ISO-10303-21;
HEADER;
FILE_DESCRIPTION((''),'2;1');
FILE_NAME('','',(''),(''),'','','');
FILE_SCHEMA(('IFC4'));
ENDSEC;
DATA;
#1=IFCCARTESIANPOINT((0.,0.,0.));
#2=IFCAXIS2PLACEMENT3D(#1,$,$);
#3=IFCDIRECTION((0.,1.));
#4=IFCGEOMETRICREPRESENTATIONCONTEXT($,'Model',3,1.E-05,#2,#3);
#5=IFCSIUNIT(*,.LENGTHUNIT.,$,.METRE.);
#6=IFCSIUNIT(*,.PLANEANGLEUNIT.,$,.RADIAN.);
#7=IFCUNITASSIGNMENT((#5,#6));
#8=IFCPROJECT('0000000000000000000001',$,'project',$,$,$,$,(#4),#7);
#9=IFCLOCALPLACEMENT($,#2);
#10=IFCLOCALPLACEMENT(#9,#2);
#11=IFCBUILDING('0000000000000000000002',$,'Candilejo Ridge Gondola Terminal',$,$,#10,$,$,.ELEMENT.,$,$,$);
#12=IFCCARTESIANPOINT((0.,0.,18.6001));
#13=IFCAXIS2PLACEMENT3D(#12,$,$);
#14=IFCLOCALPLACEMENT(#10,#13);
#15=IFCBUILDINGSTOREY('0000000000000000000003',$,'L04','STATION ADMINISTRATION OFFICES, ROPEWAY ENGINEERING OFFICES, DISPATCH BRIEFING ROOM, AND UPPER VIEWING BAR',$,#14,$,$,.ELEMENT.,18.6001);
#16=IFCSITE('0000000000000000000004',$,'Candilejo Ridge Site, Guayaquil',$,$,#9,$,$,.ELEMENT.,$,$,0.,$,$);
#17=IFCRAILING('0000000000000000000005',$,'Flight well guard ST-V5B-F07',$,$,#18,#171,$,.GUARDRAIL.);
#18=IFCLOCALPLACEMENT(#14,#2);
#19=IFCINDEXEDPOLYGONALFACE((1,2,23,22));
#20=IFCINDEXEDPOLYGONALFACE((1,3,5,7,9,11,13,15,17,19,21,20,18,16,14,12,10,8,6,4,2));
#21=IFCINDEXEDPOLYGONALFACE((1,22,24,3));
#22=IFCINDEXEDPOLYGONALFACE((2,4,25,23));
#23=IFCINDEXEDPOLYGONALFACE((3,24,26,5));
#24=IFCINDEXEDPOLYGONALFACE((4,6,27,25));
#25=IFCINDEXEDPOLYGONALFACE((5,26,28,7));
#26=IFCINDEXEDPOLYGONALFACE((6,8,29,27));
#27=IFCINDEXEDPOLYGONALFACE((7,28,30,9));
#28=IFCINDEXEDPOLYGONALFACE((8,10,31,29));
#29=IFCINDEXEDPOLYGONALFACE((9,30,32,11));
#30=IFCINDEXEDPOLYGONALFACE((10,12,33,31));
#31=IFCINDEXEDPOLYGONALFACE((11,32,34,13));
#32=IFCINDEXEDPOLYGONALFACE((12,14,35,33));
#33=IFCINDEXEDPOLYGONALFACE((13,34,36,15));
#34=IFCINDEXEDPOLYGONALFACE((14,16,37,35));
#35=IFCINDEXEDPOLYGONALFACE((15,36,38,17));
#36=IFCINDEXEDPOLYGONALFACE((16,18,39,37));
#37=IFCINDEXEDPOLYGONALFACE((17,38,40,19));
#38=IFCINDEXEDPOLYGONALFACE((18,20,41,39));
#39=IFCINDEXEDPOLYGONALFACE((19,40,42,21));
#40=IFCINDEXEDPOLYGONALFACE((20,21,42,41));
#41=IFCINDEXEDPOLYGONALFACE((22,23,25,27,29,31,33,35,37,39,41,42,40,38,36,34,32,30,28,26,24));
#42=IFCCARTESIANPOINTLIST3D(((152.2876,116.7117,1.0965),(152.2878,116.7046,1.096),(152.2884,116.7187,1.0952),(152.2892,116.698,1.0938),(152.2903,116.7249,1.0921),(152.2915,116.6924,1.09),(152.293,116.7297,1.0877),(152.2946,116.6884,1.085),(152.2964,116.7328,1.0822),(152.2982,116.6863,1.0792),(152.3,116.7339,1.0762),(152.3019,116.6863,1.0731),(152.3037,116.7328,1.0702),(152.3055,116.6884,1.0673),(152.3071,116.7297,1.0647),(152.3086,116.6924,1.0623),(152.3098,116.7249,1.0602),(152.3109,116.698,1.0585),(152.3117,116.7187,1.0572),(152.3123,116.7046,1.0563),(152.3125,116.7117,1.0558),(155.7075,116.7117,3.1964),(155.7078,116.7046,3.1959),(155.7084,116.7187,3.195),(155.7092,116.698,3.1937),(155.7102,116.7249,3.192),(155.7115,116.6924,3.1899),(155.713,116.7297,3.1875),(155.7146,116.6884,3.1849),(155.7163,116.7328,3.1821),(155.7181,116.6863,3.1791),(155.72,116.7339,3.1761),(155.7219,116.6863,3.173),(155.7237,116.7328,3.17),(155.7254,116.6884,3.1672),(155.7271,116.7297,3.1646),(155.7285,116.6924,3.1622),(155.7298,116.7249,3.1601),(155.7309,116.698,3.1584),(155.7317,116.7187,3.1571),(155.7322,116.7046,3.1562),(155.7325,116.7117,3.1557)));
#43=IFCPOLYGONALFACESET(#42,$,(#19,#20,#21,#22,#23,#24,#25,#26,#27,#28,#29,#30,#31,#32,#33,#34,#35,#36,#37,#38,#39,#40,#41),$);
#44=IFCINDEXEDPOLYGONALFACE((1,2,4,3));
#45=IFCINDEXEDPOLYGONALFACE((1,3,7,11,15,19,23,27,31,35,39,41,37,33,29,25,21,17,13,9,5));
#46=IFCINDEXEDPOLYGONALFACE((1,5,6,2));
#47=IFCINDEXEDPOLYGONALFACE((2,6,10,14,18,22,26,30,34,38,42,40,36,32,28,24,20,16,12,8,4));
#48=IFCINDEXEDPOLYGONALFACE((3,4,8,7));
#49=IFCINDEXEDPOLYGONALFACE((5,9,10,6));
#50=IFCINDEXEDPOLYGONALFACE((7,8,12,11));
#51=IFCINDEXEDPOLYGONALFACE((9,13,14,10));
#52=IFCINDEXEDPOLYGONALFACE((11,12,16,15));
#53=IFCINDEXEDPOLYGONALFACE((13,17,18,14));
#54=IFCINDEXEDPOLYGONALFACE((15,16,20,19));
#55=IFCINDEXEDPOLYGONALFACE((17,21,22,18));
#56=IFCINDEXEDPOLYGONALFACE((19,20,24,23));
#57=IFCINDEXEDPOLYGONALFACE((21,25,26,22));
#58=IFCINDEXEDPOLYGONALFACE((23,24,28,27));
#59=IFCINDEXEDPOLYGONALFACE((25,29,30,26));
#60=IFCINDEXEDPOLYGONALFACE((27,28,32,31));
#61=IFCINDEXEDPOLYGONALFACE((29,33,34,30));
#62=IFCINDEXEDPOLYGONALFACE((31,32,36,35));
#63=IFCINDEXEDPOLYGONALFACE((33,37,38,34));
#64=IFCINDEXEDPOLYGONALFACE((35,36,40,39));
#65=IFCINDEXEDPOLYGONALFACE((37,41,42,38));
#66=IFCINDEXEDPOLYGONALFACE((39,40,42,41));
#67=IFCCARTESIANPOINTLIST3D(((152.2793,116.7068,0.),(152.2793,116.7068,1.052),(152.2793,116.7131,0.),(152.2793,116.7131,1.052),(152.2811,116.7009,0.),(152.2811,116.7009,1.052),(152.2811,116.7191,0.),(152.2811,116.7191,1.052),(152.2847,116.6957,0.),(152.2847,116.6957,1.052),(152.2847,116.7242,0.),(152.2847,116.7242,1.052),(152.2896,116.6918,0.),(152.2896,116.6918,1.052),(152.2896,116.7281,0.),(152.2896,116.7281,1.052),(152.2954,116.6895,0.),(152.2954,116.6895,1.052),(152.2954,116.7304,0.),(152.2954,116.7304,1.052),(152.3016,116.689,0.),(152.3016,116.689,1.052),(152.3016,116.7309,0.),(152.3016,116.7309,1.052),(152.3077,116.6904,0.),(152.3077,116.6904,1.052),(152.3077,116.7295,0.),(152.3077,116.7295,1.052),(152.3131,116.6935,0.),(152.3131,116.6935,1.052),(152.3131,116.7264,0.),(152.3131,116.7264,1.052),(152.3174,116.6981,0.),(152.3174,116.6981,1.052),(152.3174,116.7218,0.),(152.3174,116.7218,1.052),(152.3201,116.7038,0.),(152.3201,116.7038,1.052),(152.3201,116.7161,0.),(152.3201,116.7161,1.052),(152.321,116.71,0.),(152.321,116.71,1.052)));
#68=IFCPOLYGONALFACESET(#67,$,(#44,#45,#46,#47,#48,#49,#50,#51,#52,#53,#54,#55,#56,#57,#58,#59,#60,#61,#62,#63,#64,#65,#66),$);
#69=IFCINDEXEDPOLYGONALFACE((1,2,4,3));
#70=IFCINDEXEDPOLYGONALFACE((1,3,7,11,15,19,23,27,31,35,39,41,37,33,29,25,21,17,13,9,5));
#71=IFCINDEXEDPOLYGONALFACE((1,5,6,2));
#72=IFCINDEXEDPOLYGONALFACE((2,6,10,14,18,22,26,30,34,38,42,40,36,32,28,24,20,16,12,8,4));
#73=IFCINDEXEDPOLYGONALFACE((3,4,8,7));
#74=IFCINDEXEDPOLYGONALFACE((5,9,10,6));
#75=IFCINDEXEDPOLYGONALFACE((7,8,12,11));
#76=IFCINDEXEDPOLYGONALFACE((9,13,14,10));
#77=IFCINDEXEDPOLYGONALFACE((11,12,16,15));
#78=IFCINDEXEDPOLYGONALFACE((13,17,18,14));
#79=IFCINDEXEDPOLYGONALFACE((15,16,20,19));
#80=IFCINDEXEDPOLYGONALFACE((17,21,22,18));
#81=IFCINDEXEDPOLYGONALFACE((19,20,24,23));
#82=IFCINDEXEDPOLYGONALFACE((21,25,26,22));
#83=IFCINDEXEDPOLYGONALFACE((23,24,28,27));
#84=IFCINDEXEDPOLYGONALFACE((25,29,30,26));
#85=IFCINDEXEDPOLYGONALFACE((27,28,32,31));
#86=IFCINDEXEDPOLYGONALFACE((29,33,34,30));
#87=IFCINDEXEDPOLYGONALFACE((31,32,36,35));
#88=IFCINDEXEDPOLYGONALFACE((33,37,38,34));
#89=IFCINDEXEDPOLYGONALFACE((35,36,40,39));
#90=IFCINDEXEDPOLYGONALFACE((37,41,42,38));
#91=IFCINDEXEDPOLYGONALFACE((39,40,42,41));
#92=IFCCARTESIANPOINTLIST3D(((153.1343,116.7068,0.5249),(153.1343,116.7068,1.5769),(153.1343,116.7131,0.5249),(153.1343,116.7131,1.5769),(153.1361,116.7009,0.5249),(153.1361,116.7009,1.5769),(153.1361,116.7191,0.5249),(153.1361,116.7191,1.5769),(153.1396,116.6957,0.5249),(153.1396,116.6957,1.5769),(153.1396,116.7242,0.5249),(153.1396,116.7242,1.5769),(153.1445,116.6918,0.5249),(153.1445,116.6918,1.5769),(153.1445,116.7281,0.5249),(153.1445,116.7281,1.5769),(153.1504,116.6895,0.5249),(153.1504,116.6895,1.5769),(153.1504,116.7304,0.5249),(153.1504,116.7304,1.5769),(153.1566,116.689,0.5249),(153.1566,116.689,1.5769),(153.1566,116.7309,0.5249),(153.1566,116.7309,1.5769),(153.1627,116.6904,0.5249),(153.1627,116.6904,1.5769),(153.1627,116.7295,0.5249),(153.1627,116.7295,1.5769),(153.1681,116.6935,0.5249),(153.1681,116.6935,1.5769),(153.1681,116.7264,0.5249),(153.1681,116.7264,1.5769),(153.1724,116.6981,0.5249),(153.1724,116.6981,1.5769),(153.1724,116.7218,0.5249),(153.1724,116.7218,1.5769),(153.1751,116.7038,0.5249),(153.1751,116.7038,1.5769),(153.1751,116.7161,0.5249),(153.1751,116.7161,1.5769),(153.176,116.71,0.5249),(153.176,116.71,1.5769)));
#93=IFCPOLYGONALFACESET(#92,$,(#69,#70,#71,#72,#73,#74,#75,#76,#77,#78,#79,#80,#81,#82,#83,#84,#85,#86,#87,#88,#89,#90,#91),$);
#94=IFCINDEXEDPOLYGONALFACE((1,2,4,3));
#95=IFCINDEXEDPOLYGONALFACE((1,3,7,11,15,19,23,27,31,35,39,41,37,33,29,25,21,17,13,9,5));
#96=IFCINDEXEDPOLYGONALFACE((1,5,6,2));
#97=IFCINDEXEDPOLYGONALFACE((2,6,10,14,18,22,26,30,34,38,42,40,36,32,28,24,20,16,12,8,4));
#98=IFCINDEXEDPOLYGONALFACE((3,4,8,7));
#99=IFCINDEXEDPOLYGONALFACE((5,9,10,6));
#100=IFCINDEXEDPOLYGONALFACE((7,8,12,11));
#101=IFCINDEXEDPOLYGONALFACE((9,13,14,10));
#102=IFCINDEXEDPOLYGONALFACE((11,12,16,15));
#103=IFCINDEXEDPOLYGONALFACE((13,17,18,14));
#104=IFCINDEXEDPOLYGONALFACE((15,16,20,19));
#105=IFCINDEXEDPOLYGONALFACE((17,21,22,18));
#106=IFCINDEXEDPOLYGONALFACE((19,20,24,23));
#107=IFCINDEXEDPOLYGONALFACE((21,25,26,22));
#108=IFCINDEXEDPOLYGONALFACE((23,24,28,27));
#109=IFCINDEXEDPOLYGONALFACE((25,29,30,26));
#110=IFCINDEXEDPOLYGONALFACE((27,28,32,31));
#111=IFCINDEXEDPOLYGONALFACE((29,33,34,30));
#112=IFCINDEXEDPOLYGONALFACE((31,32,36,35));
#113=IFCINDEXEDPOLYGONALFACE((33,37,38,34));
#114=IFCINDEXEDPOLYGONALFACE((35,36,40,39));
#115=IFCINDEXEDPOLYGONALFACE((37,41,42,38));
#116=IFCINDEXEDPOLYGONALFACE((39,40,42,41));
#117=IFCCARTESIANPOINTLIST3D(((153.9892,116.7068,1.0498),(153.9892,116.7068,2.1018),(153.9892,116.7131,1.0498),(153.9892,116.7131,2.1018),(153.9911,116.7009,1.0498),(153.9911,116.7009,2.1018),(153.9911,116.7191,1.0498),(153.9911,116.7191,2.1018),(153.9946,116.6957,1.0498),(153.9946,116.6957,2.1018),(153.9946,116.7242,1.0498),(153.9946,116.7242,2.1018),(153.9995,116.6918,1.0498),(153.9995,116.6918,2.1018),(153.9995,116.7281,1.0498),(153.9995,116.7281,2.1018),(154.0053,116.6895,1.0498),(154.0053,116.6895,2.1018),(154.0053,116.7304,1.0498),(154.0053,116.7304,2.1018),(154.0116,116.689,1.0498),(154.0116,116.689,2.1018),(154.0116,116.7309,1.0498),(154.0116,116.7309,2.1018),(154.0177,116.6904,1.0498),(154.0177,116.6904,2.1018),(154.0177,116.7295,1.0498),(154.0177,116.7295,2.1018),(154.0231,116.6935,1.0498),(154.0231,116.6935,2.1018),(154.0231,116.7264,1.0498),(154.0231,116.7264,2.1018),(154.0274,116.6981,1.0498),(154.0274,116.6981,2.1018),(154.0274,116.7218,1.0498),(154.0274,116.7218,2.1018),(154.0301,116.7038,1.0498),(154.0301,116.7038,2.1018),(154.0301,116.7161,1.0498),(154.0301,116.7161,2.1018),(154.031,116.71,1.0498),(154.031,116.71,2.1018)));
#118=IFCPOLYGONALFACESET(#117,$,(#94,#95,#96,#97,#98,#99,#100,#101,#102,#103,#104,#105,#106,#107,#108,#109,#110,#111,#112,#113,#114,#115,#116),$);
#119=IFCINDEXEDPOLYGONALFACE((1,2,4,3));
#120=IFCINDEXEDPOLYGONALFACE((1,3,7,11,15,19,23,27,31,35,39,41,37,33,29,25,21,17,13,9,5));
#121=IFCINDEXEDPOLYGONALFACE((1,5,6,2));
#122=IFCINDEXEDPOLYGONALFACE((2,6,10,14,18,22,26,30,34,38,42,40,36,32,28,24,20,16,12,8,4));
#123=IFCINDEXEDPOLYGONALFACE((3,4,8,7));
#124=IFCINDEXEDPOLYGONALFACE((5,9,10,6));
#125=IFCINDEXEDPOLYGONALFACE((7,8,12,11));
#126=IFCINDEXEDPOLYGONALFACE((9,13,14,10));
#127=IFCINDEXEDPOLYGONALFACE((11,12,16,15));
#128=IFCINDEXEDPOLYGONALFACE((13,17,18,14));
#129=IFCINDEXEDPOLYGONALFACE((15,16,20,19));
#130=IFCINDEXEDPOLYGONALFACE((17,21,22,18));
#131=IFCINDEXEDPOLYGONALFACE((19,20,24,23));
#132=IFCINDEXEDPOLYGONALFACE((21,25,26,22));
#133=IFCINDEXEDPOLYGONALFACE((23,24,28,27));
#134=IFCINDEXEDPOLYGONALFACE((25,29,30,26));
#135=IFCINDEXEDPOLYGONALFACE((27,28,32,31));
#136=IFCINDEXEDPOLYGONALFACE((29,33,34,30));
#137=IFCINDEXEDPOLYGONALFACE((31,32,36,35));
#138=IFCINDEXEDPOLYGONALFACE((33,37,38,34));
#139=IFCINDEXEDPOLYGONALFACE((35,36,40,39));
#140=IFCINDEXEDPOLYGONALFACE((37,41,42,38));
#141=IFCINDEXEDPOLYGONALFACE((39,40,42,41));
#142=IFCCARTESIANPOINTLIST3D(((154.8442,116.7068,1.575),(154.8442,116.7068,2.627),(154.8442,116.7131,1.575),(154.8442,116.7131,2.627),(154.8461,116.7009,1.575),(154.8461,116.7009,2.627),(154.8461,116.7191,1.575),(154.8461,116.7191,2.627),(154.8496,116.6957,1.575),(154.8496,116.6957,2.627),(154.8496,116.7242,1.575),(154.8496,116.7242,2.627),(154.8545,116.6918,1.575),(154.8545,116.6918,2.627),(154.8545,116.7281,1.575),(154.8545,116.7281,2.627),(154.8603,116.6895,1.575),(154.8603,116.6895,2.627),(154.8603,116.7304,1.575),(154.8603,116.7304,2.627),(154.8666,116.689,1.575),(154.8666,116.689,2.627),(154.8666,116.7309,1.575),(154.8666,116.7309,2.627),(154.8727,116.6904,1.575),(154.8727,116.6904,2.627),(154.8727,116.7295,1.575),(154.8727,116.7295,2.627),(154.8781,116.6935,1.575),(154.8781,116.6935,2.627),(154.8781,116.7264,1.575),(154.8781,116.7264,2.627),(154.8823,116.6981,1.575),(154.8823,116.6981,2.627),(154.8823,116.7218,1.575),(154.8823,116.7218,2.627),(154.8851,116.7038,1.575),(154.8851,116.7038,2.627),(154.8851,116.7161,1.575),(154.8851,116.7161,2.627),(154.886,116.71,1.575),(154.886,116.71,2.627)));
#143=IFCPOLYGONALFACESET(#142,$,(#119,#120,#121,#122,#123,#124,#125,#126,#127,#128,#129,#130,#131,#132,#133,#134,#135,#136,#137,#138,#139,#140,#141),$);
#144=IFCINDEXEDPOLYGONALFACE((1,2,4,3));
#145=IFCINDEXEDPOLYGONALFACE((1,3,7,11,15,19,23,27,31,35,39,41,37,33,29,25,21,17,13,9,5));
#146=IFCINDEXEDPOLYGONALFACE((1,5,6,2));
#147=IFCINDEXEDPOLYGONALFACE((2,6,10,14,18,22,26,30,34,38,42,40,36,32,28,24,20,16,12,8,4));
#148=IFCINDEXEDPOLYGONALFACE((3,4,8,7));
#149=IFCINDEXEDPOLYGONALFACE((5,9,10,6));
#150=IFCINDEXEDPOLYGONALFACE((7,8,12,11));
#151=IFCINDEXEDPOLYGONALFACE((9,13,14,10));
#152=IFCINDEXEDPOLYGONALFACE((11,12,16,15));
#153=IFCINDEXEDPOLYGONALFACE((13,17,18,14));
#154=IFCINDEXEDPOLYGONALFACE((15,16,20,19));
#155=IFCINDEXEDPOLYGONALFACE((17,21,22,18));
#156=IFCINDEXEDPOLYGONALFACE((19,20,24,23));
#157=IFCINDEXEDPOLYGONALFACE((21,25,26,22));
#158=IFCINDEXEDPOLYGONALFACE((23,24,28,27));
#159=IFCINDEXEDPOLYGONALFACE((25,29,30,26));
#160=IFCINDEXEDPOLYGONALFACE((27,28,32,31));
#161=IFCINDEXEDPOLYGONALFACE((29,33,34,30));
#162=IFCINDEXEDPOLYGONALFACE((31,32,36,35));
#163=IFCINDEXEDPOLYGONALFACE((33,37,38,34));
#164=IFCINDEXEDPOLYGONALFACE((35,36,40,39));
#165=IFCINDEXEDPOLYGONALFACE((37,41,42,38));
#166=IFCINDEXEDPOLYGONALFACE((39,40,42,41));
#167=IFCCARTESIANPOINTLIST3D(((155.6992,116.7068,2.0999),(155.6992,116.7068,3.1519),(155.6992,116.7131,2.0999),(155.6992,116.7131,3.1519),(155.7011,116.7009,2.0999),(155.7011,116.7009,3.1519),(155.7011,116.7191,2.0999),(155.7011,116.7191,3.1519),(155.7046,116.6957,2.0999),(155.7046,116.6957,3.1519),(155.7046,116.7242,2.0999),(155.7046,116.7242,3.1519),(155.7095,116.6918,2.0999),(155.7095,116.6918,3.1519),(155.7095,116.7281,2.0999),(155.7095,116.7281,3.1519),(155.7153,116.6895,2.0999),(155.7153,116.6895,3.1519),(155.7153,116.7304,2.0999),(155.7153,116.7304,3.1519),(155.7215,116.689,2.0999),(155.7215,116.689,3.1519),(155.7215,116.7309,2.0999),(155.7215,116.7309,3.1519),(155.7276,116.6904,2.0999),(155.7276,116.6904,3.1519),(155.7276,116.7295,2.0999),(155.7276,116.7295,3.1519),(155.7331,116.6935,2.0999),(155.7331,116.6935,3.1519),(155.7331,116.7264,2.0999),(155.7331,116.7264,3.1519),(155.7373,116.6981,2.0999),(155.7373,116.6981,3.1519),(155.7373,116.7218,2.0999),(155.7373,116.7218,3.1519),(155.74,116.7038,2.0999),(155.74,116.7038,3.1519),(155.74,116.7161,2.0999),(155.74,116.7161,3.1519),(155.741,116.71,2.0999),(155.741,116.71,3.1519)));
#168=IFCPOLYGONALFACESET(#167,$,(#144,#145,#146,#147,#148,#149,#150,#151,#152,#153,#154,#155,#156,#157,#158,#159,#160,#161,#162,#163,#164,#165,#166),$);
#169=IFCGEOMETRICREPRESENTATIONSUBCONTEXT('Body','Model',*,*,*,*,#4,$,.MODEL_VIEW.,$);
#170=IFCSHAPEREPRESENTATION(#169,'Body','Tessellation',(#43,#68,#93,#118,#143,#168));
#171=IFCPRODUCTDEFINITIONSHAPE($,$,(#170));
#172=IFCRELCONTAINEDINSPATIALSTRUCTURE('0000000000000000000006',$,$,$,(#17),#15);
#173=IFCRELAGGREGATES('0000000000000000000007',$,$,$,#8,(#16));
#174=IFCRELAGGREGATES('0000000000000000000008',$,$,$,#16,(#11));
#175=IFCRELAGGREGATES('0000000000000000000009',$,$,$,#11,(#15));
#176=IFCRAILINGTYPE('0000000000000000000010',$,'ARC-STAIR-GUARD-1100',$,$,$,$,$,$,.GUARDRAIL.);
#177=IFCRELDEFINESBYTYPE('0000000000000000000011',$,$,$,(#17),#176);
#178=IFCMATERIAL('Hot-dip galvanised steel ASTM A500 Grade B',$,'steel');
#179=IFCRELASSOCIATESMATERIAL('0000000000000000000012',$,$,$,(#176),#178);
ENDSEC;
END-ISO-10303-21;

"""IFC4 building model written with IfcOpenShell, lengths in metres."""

from ifc_helpers import new_model, si_unit, direction, frame, origin, origin_2d, place, context, subcontext, project, spatial, circle, extrude, material, type_object, element, save


model = new_model("IFC4")

# Units and contexts
model_context = context("Model", 3, precision=1e-05, world=origin(), true_north=direction((0.0, 1.0)))
body_context = subcontext(model_context, "Body", "Model", "MODEL_VIEW")
ifc_project = project(units=[si_unit("LENGTHUNIT", "METRE"), si_unit("PLANEANGLEUNIT", "RADIAN")], contexts=[model_context])

# Site, building, storey
site_placement = place(None, origin())
site = spatial("IfcSite", under=ifc_project, at=site_placement, Name="Candilejo Ridge Site, Guayaquil", CompositionType="ELEMENT", RefElevation=0.0)
building_placement = place(site_placement, origin())
building = spatial("IfcBuilding", under=site, at=building_placement, Name="Candilejo Ridge Gondola Terminal", CompositionType="ELEMENT")
storey_placement = place(building_placement, frame((0.0, 0.0, 18.6001)))
storey = spatial("IfcBuildingStorey", under=building, at=storey_placement, Name="L04", Description="STATION ADMINISTRATION OFFICES, ROPEWAY ENGINEERING OFFICES, DISPATCH BRIEFING ROOM, AND UPPER VIEWING BAR", CompositionType="ELEMENT", Elevation=18.6001)

# Railing
ifc_material_1 = material(Name="Hot-dip galvanised steel ASTM A500 Grade B", Category="steel")
railing_type_1 = type_object("IfcRailingType", Name="ARC-STAIR-GUARD-1100", PredefinedType="GUARDRAIL", material=ifc_material_1)
railing_1_placement = place(storey_placement, frame((152.3, 116.71, 0.0)))
element("IfcRailing", 1, at=railing_1_placement, inside=storey, type_object=railing_type_1, Name="Flight well guard ST-V5B-F07", PredefinedType="GUARDRAIL", context=body_context, shape_type="SweptSolid", body=[
    extrude(circle(Radius=0.0239, at=origin_2d()), frame((0.0, 0.0, 1.0762), z_axis=(0.852182, 0.0, 0.523245), x_axis=(0.0, 1.0, 0.0)), (0.0, 0.0, 1.0), 4.0132),
    extrude(circle(Radius=0.021, at=origin_2d()), origin(), (0.0, 0.0, 1.0), 1.052),
    extrude(circle(Radius=0.021, at=origin_2d()), frame((0.855, 0.0, 0.5249)), (0.0, 0.0, 1.0), 1.052),
    extrude(circle(Radius=0.021, at=origin_2d()), frame((1.71, 0.0, 1.0498)), (0.0, 0.0, 1.0), 1.052),
    extrude(circle(Radius=0.021, at=origin_2d()), frame((2.5649, 0.0, 1.575)), (0.0, 0.0, 1.0), 1.052),
    extrude(circle(Radius=0.021, at=origin_2d()), frame((3.4199, 0.0, 2.0999)), (0.0, 0.0, 1.0), 1.052),
])

save(model, "model.ifc")
